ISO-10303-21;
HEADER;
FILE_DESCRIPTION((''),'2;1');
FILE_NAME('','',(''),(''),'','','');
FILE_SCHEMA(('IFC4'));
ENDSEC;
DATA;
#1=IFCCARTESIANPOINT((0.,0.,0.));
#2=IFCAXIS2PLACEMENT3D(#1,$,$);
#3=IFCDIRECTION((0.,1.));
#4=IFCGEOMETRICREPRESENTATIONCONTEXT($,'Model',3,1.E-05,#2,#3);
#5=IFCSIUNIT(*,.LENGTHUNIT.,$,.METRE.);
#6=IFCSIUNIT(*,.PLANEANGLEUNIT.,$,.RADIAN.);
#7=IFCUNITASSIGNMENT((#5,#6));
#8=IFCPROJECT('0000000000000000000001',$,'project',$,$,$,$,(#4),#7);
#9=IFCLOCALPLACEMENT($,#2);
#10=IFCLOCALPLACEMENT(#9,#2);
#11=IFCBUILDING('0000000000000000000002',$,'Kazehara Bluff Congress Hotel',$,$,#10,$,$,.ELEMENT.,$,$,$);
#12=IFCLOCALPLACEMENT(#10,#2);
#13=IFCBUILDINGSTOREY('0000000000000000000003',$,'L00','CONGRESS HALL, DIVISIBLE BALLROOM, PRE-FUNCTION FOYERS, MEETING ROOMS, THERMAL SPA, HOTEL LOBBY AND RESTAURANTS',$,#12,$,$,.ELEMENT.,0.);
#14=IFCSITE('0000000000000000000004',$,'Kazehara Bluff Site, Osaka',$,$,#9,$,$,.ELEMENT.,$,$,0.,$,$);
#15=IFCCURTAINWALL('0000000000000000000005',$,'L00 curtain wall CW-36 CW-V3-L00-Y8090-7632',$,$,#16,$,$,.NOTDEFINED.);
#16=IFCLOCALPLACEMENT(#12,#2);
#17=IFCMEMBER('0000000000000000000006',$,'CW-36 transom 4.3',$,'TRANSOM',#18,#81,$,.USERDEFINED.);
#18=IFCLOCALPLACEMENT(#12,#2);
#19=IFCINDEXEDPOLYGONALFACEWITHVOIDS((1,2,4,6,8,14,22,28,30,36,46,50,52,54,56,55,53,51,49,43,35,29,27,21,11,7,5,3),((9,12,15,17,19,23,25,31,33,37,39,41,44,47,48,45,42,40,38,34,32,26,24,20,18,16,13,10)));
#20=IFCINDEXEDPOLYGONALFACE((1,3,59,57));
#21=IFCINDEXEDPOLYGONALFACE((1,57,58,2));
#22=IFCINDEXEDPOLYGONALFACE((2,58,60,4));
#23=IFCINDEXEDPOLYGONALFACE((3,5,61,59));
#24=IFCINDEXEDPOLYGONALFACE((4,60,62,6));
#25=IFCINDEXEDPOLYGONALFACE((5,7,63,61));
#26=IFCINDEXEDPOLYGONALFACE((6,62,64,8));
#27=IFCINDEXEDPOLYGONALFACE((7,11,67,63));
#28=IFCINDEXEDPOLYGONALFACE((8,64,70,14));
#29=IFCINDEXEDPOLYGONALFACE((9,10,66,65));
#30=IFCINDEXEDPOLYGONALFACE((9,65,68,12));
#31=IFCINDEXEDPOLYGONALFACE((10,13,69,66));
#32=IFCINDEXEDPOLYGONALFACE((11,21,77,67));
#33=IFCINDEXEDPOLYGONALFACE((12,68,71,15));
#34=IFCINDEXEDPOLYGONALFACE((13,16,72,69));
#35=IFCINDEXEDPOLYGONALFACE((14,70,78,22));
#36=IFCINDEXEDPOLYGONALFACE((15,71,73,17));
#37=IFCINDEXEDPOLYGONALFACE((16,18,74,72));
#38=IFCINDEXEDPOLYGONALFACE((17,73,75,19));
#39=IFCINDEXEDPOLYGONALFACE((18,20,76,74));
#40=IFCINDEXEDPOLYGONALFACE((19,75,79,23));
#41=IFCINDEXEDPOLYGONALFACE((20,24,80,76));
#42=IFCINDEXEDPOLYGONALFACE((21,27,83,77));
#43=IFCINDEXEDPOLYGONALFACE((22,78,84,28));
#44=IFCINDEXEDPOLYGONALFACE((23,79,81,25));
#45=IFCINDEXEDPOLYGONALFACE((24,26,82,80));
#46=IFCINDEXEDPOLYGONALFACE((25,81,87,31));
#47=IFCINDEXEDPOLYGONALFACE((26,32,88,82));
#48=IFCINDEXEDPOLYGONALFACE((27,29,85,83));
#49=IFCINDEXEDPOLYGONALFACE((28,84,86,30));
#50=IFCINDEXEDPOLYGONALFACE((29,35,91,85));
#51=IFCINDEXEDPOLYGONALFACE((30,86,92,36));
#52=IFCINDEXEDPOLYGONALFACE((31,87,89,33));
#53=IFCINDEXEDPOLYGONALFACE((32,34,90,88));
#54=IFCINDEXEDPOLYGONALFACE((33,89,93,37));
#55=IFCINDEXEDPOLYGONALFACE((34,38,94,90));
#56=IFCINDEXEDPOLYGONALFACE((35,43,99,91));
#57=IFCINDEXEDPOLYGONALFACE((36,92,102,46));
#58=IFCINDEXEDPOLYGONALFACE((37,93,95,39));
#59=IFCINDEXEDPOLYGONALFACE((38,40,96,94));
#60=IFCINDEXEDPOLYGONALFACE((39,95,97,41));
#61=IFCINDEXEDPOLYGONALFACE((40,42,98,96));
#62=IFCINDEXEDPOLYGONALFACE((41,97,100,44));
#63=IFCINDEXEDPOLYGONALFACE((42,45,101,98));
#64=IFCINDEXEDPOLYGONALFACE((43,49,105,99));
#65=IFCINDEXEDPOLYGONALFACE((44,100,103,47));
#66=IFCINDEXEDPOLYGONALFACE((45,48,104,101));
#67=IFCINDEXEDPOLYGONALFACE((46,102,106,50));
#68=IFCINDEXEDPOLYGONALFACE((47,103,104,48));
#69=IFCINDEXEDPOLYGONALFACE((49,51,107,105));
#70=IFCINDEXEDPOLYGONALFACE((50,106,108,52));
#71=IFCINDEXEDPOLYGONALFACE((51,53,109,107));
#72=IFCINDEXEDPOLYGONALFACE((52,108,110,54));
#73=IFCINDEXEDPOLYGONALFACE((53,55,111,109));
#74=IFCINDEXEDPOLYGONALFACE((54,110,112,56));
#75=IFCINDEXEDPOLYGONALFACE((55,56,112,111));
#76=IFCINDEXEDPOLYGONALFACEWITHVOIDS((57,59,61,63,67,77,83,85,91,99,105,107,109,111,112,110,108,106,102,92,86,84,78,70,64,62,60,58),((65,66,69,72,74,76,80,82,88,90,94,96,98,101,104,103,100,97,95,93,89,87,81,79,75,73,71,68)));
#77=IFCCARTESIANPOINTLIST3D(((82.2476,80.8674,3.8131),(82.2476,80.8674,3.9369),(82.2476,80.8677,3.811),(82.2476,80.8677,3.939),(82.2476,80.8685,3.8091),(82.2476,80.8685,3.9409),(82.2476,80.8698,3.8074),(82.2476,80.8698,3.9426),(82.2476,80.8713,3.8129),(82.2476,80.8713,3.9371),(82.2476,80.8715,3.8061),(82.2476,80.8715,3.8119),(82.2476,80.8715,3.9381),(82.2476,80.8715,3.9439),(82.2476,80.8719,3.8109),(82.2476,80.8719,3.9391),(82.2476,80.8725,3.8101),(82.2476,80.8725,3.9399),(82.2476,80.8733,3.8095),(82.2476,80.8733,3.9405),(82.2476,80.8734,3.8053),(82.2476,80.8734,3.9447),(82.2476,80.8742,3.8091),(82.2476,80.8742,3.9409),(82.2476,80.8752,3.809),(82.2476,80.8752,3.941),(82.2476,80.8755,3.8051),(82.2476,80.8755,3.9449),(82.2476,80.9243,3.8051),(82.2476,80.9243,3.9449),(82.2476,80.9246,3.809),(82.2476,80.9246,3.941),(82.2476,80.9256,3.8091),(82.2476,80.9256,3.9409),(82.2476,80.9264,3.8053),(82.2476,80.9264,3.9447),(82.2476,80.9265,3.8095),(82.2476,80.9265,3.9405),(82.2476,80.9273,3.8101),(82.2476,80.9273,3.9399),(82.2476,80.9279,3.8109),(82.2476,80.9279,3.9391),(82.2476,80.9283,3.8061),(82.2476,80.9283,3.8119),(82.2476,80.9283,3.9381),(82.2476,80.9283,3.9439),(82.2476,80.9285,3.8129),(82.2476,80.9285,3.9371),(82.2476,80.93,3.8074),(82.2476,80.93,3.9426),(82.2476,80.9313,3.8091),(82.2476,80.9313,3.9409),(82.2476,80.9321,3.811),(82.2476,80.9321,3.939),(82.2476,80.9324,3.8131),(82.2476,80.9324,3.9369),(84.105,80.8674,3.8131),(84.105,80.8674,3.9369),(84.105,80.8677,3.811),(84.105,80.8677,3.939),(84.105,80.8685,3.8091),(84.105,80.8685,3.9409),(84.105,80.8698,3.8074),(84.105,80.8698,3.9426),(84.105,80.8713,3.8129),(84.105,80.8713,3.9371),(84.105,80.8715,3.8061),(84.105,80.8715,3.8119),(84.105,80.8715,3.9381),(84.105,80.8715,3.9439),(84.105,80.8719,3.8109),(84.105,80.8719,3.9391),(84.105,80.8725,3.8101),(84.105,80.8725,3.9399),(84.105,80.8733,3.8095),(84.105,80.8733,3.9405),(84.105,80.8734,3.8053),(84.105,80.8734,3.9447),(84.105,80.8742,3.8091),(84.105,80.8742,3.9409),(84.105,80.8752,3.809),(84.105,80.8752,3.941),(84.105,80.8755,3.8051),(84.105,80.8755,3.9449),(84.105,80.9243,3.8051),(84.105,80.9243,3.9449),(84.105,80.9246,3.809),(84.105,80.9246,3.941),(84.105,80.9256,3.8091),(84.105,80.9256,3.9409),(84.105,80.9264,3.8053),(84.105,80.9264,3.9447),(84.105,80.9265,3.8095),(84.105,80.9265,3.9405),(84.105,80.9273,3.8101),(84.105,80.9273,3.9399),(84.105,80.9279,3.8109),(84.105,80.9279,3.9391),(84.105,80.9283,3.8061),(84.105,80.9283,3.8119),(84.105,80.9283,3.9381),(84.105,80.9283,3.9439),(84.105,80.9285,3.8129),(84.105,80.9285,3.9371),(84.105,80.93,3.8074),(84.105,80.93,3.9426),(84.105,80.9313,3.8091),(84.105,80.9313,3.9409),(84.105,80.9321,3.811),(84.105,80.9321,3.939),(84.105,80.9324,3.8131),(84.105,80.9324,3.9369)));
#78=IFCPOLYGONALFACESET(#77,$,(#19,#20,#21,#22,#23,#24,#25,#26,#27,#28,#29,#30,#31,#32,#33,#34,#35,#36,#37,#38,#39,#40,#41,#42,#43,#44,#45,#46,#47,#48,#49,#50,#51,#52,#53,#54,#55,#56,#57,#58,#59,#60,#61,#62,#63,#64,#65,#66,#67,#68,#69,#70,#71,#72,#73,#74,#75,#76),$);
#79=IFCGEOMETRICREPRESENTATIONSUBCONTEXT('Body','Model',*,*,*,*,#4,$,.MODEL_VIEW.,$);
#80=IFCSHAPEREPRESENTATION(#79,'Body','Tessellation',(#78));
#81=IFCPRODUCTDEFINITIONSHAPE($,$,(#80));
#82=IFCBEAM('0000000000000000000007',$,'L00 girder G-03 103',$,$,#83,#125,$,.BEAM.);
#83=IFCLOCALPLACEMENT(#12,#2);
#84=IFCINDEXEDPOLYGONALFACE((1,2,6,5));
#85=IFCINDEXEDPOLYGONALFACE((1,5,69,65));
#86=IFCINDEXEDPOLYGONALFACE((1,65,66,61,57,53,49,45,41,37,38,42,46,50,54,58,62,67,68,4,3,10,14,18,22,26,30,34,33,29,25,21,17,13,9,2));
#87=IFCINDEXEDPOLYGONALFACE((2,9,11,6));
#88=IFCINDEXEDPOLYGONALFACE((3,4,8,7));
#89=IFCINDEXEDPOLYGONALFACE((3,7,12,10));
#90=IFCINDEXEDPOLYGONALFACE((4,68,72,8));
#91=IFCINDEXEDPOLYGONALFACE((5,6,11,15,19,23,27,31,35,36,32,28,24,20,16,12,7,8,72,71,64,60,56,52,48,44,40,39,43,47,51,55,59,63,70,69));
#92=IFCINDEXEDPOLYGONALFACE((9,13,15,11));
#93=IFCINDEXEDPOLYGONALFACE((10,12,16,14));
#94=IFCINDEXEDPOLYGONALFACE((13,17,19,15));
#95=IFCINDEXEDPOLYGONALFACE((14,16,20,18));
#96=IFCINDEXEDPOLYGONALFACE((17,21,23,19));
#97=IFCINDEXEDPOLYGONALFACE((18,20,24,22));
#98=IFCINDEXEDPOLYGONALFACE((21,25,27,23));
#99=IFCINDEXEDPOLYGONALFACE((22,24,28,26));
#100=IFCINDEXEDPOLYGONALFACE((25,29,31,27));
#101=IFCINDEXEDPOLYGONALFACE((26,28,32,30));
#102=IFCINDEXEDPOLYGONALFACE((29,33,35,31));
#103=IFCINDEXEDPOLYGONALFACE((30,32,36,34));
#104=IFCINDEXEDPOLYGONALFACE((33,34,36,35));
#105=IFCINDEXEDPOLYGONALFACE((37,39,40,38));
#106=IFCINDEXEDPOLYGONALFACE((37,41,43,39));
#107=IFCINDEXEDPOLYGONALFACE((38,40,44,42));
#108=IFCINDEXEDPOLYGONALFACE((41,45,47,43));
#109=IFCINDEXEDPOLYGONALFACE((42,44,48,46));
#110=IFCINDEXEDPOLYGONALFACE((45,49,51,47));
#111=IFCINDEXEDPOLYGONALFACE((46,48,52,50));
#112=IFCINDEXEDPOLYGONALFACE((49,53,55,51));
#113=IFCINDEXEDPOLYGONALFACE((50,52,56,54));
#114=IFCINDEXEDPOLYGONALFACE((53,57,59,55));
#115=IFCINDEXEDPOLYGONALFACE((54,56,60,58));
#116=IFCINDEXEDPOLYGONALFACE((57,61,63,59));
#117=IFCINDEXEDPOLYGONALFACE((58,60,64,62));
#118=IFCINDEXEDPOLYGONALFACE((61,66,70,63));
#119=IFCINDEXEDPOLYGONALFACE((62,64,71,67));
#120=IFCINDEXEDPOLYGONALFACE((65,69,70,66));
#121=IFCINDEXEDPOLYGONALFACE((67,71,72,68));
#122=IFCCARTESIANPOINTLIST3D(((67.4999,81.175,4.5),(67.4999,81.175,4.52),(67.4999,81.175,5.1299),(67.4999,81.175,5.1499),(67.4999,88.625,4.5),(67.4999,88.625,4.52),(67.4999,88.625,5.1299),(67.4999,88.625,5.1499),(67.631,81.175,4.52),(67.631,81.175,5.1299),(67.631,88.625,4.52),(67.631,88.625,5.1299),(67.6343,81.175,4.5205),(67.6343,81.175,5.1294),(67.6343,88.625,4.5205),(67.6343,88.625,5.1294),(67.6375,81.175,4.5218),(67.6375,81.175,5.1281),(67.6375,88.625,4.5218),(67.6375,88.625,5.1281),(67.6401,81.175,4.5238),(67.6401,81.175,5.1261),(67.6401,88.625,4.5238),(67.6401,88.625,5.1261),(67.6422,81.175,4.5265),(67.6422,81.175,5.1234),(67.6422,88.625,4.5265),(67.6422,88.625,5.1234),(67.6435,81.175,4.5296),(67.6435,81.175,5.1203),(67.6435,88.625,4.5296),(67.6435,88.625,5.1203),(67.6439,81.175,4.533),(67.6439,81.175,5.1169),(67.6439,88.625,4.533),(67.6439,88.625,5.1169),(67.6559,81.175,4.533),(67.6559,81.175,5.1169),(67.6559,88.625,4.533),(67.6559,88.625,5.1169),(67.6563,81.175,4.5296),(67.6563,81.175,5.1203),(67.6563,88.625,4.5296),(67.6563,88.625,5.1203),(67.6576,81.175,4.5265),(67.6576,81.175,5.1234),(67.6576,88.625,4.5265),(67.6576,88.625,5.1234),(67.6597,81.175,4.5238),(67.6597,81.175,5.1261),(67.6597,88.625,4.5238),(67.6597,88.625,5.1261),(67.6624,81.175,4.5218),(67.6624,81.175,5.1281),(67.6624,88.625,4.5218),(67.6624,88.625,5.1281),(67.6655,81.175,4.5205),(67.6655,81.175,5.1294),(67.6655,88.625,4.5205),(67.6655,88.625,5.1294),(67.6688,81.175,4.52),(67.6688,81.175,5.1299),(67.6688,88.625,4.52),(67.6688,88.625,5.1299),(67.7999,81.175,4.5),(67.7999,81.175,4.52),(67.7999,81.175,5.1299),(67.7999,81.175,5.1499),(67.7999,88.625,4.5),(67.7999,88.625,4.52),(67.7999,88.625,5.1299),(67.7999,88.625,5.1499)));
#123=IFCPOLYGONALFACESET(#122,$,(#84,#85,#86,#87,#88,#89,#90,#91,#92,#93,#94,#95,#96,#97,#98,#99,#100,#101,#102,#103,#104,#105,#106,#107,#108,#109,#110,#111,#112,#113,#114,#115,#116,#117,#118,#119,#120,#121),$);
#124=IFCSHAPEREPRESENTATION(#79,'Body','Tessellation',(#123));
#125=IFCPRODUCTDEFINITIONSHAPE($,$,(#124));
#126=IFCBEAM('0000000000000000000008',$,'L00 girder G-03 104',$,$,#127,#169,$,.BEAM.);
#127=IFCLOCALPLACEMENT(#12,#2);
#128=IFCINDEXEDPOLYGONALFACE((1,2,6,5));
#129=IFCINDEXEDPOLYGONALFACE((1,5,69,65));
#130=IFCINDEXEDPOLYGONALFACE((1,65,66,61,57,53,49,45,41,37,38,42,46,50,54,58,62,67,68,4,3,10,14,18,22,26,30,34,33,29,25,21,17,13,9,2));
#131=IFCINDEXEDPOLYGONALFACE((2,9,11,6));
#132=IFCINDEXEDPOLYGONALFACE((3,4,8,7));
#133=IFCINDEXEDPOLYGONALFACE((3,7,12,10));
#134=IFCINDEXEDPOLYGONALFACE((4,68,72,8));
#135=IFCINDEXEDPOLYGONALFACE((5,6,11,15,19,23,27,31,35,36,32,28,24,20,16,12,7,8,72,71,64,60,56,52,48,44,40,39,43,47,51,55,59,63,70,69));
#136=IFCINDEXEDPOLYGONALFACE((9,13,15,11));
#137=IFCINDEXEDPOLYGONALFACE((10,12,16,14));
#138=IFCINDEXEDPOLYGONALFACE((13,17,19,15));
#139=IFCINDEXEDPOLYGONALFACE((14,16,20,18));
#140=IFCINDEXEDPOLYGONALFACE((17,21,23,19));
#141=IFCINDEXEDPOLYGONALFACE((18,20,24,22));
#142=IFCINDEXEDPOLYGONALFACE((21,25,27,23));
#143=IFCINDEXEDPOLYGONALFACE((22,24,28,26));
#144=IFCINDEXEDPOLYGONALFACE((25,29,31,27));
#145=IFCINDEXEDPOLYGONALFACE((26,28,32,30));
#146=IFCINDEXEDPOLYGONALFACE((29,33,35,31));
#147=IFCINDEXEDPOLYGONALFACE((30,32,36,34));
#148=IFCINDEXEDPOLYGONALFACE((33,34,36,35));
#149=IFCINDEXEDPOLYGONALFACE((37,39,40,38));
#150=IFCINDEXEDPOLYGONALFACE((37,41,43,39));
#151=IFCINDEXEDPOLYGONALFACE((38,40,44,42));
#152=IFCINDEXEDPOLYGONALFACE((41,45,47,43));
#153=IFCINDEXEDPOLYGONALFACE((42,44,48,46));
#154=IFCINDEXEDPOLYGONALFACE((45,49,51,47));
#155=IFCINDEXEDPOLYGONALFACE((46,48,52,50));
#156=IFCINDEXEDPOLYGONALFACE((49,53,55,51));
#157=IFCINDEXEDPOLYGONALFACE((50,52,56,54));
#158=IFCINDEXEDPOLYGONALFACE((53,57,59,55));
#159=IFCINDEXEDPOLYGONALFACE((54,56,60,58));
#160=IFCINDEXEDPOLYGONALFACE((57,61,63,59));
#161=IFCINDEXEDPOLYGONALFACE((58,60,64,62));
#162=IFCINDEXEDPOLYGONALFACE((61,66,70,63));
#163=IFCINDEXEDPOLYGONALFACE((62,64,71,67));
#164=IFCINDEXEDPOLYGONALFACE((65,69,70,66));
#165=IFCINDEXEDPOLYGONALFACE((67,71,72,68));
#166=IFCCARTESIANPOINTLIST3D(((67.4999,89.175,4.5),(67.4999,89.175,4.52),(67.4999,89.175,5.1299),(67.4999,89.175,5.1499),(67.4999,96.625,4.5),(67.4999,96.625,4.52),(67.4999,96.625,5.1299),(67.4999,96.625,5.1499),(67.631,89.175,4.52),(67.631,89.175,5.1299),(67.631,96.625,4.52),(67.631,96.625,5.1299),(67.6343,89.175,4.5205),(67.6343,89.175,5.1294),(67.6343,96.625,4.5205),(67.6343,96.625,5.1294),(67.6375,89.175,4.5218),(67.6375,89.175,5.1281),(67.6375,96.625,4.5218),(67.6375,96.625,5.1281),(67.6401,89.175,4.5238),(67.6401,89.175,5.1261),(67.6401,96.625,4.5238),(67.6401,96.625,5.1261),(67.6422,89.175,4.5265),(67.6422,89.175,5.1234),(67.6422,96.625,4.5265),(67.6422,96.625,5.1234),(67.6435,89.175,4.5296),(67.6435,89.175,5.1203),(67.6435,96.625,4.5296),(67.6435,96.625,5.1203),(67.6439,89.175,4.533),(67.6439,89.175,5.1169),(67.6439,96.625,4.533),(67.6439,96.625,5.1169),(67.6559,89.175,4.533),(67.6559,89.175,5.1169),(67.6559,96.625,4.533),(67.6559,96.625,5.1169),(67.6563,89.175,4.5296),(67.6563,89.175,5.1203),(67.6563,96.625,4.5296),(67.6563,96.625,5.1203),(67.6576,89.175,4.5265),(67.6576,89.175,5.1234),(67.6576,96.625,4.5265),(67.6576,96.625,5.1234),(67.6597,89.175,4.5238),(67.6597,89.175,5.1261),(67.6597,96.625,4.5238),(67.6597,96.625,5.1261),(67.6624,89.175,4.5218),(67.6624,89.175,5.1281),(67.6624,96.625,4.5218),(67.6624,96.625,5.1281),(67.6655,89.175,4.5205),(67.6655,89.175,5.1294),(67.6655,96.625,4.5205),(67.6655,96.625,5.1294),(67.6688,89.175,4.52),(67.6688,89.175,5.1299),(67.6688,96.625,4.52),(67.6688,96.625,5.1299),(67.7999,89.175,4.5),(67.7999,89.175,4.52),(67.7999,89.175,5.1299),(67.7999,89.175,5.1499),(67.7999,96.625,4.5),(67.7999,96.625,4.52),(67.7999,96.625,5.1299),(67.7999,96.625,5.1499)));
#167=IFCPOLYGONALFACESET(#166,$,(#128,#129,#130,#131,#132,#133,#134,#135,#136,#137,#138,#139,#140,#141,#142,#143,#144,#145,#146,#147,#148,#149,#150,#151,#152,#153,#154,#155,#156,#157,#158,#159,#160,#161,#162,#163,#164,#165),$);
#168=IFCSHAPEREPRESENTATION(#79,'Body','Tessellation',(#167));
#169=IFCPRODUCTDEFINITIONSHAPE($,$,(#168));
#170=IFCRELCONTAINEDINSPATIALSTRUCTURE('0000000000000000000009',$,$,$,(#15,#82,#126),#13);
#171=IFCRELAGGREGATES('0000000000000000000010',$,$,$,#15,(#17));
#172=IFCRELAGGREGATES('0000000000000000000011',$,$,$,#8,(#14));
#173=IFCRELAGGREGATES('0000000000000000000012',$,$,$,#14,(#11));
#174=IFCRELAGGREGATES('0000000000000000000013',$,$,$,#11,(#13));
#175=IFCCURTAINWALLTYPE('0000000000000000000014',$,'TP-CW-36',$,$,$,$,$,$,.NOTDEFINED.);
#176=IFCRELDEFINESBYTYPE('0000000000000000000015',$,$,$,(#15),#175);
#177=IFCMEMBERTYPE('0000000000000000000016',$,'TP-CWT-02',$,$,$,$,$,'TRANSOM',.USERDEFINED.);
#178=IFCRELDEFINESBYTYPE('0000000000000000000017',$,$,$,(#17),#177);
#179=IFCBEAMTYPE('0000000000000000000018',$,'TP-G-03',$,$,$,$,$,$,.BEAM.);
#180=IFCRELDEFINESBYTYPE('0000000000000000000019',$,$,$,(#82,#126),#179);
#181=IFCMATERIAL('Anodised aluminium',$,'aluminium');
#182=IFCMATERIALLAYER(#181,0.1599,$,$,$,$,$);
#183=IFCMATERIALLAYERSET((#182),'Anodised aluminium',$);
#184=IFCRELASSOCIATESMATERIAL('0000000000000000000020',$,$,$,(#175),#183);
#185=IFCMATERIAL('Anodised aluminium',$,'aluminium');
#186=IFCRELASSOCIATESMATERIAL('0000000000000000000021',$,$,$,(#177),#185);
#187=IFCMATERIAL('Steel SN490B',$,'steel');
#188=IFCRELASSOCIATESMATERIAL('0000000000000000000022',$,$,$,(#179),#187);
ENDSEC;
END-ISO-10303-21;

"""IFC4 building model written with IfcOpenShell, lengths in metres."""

from ifc_helpers import new_model, si_unit, direction, frame, origin, origin_2d, place, context, subcontext, project, spatial, hollow_rectangle, i_section, extrude, material, layer, layer_set, material_profile, profile_set, type_object, element, aggregate, save


model = new_model("IFC4")

# Units and contexts
model_context = context("Model", 3, precision=1e-05, world=origin(), true_north=direction((0.0, 1.0)))
body_context = subcontext(model_context, "Body", "Model", "MODEL_VIEW")
ifc_project = project(units=[si_unit("LENGTHUNIT", "METRE"), si_unit("PLANEANGLEUNIT", "RADIAN")], contexts=[model_context])

# Site, building, storey
site_placement = place(None, origin())
site = spatial("IfcSite", under=ifc_project, at=site_placement, Name="Kazehara Bluff Site, Osaka", CompositionType="ELEMENT", RefElevation=0.0)
building_placement = place(site_placement, origin())
building = spatial("IfcBuilding", under=site, at=building_placement, Name="Kazehara Bluff Congress Hotel", CompositionType="ELEMENT")
storey_placement = place(building_placement, origin())
storey = spatial("IfcBuildingStorey", under=building, at=storey_placement, Name="L00", Description="CONGRESS HALL, DIVISIBLE BALLROOM, PRE-FUNCTION FOYERS, MEETING ROOMS, THERMAL SPA, HOTEL LOBBY AND RESTAURANTS", CompositionType="ELEMENT", Elevation=0.0)

# Curtain wall, member
ifc_material_1 = material(Name="Anodised aluminium", Category="aluminium")
ifc_layer_1 = layer(ifc_material_1, 0.1599)
ifc_layer_set_1 = layer_set([ifc_layer_1], Name="Anodised aluminium")
curtain_wall_type = type_object("IfcCurtainWallType", Name="TP-CW-36", PredefinedType="NOTDEFINED", material=ifc_layer_set_1)
curtain_wall_placement = place(storey_placement, origin())
curtain_wall = element("IfcCurtainWall", 1, at=curtain_wall_placement, inside=storey, type_object=curtain_wall_type, Name="L00 curtain wall CW-36 CW-V3-L00-Y8090-7632", PredefinedType="NOTDEFINED")
ifc_material_2 = material(Name="Anodised aluminium", Category="aluminium")
ifc_material_profile_1 = material_profile(ifc_material_2, hollow_rectangle(XDim=0.0649, YDim=0.1399, WallThickness=0.0039, InnerFilletRadius=0.0039, OuterFilletRadius=0.0081, at=origin_2d()))
ifc_profile_set_1 = profile_set([ifc_material_profile_1], Name="Anodised aluminium")
member_type_1 = type_object("IfcMemberType", Name="TP-CWT-02", ElementType="TRANSOM", PredefinedType="USERDEFINED", material=ifc_profile_set_1)
member_1_placement = place(storey_placement, frame((82.2476, 80.8999, 3.875), z_axis=(1.0, 0.0, 0.0), x_axis=(0.0, 1.0, 0.0)))
member_1 = element("IfcMember", 2, at=member_1_placement, type_object=member_type_1, Name="CW-36 transom 4.3", ObjectType="TRANSOM", PredefinedType="USERDEFINED", context=body_context, shape_type="SweptSolid", body=[
    extrude(hollow_rectangle(XDim=0.0649, YDim=0.1399, WallThickness=0.0039, InnerFilletRadius=0.0039, OuterFilletRadius=0.0081, at=origin_2d()), origin(), (0.0, 0.0, 1.0), 1.8574),
])

# Beams
ifc_material_3 = material(Name="Steel SN490B", Category="steel")
ifc_material_profile_2 = material_profile(ifc_material_3, i_section(OverallWidth=0.3, OverallDepth=0.6499, WebThickness=0.012, FlangeThickness=0.02, FilletRadius=0.0129, at=origin_2d()))
ifc_profile_set_2 = profile_set([ifc_material_profile_2], Name="Steel SN490B")
beam_type_1 = type_object("IfcBeamType", Name="TP-G-03", PredefinedType="BEAM", material=ifc_profile_set_2)
for number, where, z_axis, x_axis, name in (
    (3, (67.6499, 81.175, 4.825), (0.0, 1.0, 0.0), (-1.0, 0.0, 0.0), "L00 girder G-03 103"),
    (4, (67.6499, 89.175, 4.825), (0.0, 1.0, 0.0), (-1.0, 0.0, 0.0), "L00 girder G-03 104"),
):
    element("IfcBeam", number, at=place(storey_placement, frame(where, z_axis=z_axis, x_axis=x_axis)), inside=storey, type_object=beam_type_1, Name=name, PredefinedType="BEAM", context=body_context, shape_type="SweptSolid", body=[
        extrude(i_section(OverallWidth=0.3, OverallDepth=0.6499, WebThickness=0.012, FlangeThickness=0.02, FilletRadius=0.0129, at=origin_2d()), origin(), (0.0, 0.0, 1.0), 7.45),
    ])

aggregate(curtain_wall, [member_1])

save(model, "model.ifc")
